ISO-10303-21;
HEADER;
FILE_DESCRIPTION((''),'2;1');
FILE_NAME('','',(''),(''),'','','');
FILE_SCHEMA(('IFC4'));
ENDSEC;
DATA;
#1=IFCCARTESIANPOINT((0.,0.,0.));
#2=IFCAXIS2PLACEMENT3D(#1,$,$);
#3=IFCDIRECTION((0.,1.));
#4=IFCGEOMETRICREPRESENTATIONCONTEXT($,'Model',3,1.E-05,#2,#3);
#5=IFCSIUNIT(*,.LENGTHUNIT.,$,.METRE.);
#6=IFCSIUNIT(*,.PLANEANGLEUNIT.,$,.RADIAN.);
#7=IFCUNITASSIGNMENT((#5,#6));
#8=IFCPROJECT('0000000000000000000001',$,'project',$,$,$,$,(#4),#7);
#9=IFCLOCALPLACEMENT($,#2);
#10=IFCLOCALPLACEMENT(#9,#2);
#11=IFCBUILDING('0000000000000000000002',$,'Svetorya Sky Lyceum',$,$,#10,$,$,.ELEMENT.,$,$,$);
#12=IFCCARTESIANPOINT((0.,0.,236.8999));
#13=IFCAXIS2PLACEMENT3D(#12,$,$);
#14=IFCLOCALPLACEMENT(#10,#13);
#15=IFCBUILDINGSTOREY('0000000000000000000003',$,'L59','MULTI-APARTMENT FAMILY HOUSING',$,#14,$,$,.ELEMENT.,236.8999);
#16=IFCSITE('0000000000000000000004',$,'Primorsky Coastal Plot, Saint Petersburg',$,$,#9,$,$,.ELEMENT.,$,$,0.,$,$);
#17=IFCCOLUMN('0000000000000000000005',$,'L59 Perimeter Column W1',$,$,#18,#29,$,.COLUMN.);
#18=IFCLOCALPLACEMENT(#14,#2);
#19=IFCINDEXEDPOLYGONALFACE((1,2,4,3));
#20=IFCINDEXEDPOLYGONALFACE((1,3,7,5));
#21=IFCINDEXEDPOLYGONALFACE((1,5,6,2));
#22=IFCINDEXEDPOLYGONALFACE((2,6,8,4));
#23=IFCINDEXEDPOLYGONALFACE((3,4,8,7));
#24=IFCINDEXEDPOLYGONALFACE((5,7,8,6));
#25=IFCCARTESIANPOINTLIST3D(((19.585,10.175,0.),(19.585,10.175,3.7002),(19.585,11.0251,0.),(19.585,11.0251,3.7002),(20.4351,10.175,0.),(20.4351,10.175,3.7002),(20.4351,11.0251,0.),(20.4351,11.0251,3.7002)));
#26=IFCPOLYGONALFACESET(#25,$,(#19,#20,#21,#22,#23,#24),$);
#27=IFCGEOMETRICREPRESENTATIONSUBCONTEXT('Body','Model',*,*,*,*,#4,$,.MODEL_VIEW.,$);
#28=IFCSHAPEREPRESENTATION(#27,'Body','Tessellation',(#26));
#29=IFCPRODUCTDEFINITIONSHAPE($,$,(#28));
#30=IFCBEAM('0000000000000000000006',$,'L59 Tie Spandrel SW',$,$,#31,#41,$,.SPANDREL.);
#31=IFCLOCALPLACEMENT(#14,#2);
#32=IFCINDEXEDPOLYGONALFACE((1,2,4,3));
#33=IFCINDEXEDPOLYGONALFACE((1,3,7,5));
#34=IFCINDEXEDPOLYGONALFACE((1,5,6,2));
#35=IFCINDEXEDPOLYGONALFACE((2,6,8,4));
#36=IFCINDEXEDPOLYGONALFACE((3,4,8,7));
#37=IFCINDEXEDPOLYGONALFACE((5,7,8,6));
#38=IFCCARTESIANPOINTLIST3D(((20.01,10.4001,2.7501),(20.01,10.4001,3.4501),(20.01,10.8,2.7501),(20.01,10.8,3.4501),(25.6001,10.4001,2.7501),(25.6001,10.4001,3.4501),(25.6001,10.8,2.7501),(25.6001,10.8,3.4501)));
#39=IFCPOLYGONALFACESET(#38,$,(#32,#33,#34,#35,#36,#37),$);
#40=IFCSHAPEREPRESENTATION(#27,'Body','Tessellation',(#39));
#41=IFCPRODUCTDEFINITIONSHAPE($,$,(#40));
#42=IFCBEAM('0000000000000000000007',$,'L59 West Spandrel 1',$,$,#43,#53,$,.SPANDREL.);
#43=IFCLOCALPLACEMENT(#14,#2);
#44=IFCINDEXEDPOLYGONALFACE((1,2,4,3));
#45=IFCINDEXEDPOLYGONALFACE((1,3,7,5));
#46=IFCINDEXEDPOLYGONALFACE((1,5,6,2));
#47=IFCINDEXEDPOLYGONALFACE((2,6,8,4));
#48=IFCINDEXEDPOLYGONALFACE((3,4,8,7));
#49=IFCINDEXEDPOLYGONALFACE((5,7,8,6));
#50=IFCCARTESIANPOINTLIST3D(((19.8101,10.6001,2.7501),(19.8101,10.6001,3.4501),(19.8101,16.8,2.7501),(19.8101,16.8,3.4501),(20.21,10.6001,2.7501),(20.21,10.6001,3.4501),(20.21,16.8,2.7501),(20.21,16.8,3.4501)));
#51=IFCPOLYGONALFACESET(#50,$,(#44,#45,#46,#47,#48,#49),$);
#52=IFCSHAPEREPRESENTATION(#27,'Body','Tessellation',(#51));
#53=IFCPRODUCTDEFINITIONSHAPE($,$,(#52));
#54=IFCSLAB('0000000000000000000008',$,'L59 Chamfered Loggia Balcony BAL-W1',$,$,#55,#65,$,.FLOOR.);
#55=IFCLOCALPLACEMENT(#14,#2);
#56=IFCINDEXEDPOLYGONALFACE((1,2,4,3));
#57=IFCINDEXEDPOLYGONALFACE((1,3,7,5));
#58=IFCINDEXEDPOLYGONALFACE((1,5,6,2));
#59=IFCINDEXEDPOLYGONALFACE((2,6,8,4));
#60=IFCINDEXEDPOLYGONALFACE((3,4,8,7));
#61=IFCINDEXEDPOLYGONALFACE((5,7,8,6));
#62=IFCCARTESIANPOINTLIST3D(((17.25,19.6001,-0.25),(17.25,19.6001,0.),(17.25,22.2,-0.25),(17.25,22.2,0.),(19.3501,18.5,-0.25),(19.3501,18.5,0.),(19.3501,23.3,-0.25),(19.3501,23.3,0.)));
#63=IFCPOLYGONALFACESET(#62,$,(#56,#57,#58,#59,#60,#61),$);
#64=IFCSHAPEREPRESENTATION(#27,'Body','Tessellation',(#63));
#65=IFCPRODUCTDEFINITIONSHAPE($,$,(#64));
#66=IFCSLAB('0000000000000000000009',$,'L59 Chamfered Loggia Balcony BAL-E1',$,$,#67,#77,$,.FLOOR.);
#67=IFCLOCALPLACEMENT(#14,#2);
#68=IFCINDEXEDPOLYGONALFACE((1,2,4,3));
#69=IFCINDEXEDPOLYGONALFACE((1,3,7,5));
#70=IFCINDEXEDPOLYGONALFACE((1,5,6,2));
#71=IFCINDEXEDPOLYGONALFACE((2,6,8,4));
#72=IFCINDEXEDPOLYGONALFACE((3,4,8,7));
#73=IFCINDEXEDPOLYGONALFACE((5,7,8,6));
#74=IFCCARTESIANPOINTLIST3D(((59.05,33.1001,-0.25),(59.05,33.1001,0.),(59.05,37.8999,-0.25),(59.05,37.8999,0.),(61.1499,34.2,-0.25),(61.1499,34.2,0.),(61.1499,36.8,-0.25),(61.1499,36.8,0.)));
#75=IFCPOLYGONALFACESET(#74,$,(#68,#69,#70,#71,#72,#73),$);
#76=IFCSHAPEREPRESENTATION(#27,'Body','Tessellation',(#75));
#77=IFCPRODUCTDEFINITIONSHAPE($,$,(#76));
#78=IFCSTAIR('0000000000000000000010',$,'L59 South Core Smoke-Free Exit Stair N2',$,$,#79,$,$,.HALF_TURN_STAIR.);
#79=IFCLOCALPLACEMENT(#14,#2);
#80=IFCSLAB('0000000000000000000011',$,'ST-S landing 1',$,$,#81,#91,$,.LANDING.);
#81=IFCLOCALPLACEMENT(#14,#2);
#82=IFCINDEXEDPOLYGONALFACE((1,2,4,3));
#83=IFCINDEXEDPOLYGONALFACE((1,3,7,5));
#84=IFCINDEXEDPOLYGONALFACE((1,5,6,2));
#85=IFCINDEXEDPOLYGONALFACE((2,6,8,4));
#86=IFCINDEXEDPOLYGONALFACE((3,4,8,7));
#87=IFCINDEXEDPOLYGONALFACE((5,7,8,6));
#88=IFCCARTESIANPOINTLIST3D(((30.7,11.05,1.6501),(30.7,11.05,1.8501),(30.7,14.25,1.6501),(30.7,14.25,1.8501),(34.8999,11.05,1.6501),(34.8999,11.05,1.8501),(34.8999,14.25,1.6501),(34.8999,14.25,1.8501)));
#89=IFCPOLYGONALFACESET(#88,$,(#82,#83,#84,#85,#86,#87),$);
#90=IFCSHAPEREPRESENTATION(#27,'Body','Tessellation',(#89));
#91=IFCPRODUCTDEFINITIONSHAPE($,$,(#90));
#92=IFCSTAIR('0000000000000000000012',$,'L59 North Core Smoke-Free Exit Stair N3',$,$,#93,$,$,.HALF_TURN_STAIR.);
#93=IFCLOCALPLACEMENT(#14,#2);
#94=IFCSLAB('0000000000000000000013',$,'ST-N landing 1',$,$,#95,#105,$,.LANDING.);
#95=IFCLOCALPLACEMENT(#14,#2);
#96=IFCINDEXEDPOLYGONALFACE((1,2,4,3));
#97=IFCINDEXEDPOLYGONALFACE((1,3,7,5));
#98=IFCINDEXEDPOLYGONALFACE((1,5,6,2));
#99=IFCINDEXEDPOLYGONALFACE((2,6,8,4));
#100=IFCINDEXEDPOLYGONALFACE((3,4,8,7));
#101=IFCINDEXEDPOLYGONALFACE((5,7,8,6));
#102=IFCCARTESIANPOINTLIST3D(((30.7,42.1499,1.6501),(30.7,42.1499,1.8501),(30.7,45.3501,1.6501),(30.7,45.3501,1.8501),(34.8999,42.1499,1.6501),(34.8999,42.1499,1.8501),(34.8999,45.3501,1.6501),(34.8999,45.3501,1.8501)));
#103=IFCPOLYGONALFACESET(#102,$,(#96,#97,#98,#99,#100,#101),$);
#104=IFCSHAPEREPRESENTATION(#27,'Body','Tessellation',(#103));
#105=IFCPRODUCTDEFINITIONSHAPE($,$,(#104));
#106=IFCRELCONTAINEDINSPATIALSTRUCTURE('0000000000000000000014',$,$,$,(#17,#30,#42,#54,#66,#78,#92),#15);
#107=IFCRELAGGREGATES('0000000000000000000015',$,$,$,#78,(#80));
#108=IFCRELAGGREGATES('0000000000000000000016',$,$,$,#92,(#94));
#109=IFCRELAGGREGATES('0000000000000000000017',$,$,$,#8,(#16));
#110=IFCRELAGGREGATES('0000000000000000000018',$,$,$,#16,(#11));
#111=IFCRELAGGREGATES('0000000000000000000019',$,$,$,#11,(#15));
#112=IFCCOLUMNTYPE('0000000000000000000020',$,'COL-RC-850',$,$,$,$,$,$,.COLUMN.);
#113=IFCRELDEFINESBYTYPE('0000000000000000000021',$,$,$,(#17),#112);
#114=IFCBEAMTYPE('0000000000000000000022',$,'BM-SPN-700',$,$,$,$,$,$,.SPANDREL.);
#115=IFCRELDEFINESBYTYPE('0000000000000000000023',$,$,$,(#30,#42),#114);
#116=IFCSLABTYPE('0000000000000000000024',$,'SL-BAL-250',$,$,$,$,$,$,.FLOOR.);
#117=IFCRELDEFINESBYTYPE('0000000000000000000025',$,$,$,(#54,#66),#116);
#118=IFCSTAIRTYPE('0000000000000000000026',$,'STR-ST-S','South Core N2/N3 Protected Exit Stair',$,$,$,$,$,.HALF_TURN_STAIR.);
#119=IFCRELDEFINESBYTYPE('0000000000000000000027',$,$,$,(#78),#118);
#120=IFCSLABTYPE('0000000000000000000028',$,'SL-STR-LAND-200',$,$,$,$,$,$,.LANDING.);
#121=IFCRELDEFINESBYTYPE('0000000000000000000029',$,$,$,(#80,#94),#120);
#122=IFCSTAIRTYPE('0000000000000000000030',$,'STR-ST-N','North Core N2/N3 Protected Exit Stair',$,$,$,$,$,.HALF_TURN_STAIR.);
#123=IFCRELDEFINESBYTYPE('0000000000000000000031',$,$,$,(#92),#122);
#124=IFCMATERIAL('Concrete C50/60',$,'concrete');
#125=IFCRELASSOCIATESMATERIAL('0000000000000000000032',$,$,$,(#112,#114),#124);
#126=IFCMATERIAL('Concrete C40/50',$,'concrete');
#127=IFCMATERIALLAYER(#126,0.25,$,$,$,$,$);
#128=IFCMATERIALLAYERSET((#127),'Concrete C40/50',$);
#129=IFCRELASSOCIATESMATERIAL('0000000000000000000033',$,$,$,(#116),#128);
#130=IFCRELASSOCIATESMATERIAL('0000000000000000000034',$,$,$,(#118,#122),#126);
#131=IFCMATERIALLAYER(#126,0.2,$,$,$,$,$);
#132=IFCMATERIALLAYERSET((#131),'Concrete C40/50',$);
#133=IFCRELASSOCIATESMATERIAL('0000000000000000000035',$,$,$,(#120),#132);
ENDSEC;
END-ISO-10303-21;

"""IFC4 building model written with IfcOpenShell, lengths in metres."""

from ifc_helpers import new_model, si_unit, direction, frame, origin, origin_2d, place, context, subcontext, project, spatial, polyline, rectangle, outline, extrude, material, layer, layer_set, material_profile, profile_set, type_object, element, aggregate, save


model = new_model("IFC4")

# Units and contexts
model_context = context("Model", 3, precision=1e-05, world=origin(), true_north=direction((0.0, 1.0)))
body_context = subcontext(model_context, "Body", "Model", "MODEL_VIEW")
ifc_project = project(units=[si_unit("LENGTHUNIT", "METRE"), si_unit("PLANEANGLEUNIT", "RADIAN")], contexts=[model_context])

# Site, building, storey
site_placement = place(None, origin())
site = spatial("IfcSite", under=ifc_project, at=site_placement, Name="Primorsky Coastal Plot, Saint Petersburg", CompositionType="ELEMENT", RefElevation=0.0)
building_placement = place(site_placement, origin())
building = spatial("IfcBuilding", under=site, at=building_placement, Name="Svetorya Sky Lyceum", CompositionType="ELEMENT")
storey_placement = place(building_placement, frame((0.0, 0.0, 236.8999)))
storey = spatial("IfcBuildingStorey", under=building, at=storey_placement, Name="L59", Description="MULTI-APARTMENT FAMILY HOUSING", CompositionType="ELEMENT", Elevation=236.8999)

# Column
ifc_material_1 = material(Name="Concrete C50/60", Category="concrete")
ifc_material_profile_1 = material_profile(ifc_material_1, rectangle(XDim=0.8501, YDim=0.8501, at=origin_2d()), Name="RC COL 850x850")
ifc_profile_set_1 = profile_set([ifc_material_profile_1], Name="Concrete C50/60")
column_type = type_object("IfcColumnType", Name="COL-RC-850", PredefinedType="COLUMN", material=ifc_profile_set_1)
column_placement = place(storey_placement, frame((20.01, 10.6001, 0.0), z_axis=(0.0, 0.0, 1.0), x_axis=(1.0, 0.0, 0.0)))
element("IfcColumn", 1, at=column_placement, inside=storey, type_object=column_type, Name="L59 Perimeter Column W1", PredefinedType="COLUMN", context=body_context, shape_type="SweptSolid", body=[
    extrude(rectangle(XDim=0.8501, YDim=0.8501, at=origin_2d()), origin(), (0.0, 0.0, 1.0), 3.7002),
])

# Beams
ifc_material_profile_2 = material_profile(ifc_material_1, rectangle(XDim=0.3999, YDim=0.7, at=origin_2d()), Name="RC SPANDREL 400x700")
ifc_profile_set_2 = profile_set([ifc_material_profile_2], Name="Concrete C50/60")
beam_type = type_object("IfcBeamType", Name="BM-SPN-700", PredefinedType="SPANDREL", material=ifc_profile_set_2)
beam_1_placement = place(storey_placement, frame((20.01, 10.6001, 3.1001), z_axis=(1.0, 0.0, 0.0), x_axis=(0.0, 1.0, 0.0)))
element("IfcBeam", 2, at=beam_1_placement, inside=storey, type_object=beam_type, Name="L59 Tie Spandrel SW", PredefinedType="SPANDREL", context=body_context, shape_type="SweptSolid", body=[
    extrude(rectangle(XDim=0.3999, YDim=0.7, at=origin_2d()), origin(), (0.0, 0.0, 1.0), 5.5901),
])
beam_2_placement = place(storey_placement, frame((20.01, 10.6001, 3.1001), z_axis=(0.0, 1.0, 0.0), x_axis=(-1.0, 0.0, 0.0)))
element("IfcBeam", 3, at=beam_2_placement, inside=storey, type_object=beam_type, Name="L59 West Spandrel 1", PredefinedType="SPANDREL", context=body_context, shape_type="SweptSolid", body=[
    extrude(rectangle(XDim=0.3999, YDim=0.7, at=origin_2d()), origin(), (0.0, 0.0, 1.0), 6.2),
])

# Slabs
ifc_material_2 = material(Name="Concrete C40/50", Category="concrete")
ifc_layer_1 = layer(ifc_material_2, 0.25)
ifc_layer_set_1 = layer_set([ifc_layer_1], Name="Concrete C40/50")
slab_type_1 = type_object("IfcSlabType", Name="SL-BAL-250", PredefinedType="FLOOR", material=ifc_layer_set_1)
slab_1_placement = place(storey_placement, frame((0.0, 0.0, -0.25)))
element("IfcSlab", 4, at=slab_1_placement, inside=storey, type_object=slab_type_1, Name="L59 Chamfered Loggia Balcony BAL-W1", PredefinedType="FLOOR", context=body_context, shape_type="SweptSolid", body=[
    extrude(outline(polyline([(19.3501, 18.5), (19.3501, 23.3), (17.25, 22.2), (17.25, 19.6001), (19.3501, 18.5)])), origin(), (0.0, 0.0, 1.0), 0.25),
])
slab_2_placement = place(storey_placement, frame((0.0, 0.0, -0.25)))
element("IfcSlab", 5, at=slab_2_placement, inside=storey, type_object=slab_type_1, Name="L59 Chamfered Loggia Balcony BAL-E1", PredefinedType="FLOOR", context=body_context, shape_type="SweptSolid", body=[
    extrude(outline(polyline([(59.05, 33.1001), (61.1499, 34.2), (61.1499, 36.8), (59.05, 37.8999), (59.05, 33.1001)])), origin(), (0.0, 0.0, 1.0), 0.25),
])

# Stairs, slabs
stair_type_1 = type_object("IfcStairType", Name="STR-ST-S", Description="South Core N2/N3 Protected Exit Stair", PredefinedType="HALF_TURN_STAIR", material=ifc_material_2)
stair_1_placement = place(storey_placement, origin())
stair_1 = element("IfcStair", 6, at=stair_1_placement, inside=storey, type_object=stair_type_1, Name="L59 South Core Smoke-Free Exit Stair N2", PredefinedType="HALF_TURN_STAIR")
ifc_layer_2 = layer(ifc_material_2, 0.2)
ifc_layer_set_2 = layer_set([ifc_layer_2], Name="Concrete C40/50")
slab_type_2 = type_object("IfcSlabType", Name="SL-STR-LAND-200", PredefinedType="LANDING", material=ifc_layer_set_2)
slab_3_placement = place(storey_placement, frame((0.0, 0.0, 1.6501)))
slab_3 = element("IfcSlab", 7, at=slab_3_placement, type_object=slab_type_2, Name="ST-S landing 1", PredefinedType="LANDING", context=body_context, shape_type="SweptSolid", body=[
    extrude(outline(polyline([(30.7, 11.05), (34.8999, 11.05), (34.8999, 14.25), (30.7, 14.25), (30.7, 11.05)])), origin(), (0.0, 0.0, 1.0), 0.2),
])
aggregate(stair_1, [slab_3])
stair_type_2 = type_object("IfcStairType", Name="STR-ST-N", Description="North Core N2/N3 Protected Exit Stair", PredefinedType="HALF_TURN_STAIR", material=ifc_material_2)
stair_2_placement = place(storey_placement, origin())
stair_2 = element("IfcStair", 8, at=stair_2_placement, inside=storey, type_object=stair_type_2, Name="L59 North Core Smoke-Free Exit Stair N3", PredefinedType="HALF_TURN_STAIR")
slab_4_placement = place(storey_placement, frame((0.0, 0.0, 1.6501)))
slab_4 = element("IfcSlab", 9, at=slab_4_placement, type_object=slab_type_2, Name="ST-N landing 1", PredefinedType="LANDING", context=body_context, shape_type="SweptSolid", body=[
    extrude(outline(polyline([(30.7, 42.1499), (34.8999, 42.1499), (34.8999, 45.3501), (30.7, 45.3501), (30.7, 42.1499)])), origin(), (0.0, 0.0, 1.0), 0.2),
])
aggregate(stair_2, [slab_4])

save(model, "model.ifc")
